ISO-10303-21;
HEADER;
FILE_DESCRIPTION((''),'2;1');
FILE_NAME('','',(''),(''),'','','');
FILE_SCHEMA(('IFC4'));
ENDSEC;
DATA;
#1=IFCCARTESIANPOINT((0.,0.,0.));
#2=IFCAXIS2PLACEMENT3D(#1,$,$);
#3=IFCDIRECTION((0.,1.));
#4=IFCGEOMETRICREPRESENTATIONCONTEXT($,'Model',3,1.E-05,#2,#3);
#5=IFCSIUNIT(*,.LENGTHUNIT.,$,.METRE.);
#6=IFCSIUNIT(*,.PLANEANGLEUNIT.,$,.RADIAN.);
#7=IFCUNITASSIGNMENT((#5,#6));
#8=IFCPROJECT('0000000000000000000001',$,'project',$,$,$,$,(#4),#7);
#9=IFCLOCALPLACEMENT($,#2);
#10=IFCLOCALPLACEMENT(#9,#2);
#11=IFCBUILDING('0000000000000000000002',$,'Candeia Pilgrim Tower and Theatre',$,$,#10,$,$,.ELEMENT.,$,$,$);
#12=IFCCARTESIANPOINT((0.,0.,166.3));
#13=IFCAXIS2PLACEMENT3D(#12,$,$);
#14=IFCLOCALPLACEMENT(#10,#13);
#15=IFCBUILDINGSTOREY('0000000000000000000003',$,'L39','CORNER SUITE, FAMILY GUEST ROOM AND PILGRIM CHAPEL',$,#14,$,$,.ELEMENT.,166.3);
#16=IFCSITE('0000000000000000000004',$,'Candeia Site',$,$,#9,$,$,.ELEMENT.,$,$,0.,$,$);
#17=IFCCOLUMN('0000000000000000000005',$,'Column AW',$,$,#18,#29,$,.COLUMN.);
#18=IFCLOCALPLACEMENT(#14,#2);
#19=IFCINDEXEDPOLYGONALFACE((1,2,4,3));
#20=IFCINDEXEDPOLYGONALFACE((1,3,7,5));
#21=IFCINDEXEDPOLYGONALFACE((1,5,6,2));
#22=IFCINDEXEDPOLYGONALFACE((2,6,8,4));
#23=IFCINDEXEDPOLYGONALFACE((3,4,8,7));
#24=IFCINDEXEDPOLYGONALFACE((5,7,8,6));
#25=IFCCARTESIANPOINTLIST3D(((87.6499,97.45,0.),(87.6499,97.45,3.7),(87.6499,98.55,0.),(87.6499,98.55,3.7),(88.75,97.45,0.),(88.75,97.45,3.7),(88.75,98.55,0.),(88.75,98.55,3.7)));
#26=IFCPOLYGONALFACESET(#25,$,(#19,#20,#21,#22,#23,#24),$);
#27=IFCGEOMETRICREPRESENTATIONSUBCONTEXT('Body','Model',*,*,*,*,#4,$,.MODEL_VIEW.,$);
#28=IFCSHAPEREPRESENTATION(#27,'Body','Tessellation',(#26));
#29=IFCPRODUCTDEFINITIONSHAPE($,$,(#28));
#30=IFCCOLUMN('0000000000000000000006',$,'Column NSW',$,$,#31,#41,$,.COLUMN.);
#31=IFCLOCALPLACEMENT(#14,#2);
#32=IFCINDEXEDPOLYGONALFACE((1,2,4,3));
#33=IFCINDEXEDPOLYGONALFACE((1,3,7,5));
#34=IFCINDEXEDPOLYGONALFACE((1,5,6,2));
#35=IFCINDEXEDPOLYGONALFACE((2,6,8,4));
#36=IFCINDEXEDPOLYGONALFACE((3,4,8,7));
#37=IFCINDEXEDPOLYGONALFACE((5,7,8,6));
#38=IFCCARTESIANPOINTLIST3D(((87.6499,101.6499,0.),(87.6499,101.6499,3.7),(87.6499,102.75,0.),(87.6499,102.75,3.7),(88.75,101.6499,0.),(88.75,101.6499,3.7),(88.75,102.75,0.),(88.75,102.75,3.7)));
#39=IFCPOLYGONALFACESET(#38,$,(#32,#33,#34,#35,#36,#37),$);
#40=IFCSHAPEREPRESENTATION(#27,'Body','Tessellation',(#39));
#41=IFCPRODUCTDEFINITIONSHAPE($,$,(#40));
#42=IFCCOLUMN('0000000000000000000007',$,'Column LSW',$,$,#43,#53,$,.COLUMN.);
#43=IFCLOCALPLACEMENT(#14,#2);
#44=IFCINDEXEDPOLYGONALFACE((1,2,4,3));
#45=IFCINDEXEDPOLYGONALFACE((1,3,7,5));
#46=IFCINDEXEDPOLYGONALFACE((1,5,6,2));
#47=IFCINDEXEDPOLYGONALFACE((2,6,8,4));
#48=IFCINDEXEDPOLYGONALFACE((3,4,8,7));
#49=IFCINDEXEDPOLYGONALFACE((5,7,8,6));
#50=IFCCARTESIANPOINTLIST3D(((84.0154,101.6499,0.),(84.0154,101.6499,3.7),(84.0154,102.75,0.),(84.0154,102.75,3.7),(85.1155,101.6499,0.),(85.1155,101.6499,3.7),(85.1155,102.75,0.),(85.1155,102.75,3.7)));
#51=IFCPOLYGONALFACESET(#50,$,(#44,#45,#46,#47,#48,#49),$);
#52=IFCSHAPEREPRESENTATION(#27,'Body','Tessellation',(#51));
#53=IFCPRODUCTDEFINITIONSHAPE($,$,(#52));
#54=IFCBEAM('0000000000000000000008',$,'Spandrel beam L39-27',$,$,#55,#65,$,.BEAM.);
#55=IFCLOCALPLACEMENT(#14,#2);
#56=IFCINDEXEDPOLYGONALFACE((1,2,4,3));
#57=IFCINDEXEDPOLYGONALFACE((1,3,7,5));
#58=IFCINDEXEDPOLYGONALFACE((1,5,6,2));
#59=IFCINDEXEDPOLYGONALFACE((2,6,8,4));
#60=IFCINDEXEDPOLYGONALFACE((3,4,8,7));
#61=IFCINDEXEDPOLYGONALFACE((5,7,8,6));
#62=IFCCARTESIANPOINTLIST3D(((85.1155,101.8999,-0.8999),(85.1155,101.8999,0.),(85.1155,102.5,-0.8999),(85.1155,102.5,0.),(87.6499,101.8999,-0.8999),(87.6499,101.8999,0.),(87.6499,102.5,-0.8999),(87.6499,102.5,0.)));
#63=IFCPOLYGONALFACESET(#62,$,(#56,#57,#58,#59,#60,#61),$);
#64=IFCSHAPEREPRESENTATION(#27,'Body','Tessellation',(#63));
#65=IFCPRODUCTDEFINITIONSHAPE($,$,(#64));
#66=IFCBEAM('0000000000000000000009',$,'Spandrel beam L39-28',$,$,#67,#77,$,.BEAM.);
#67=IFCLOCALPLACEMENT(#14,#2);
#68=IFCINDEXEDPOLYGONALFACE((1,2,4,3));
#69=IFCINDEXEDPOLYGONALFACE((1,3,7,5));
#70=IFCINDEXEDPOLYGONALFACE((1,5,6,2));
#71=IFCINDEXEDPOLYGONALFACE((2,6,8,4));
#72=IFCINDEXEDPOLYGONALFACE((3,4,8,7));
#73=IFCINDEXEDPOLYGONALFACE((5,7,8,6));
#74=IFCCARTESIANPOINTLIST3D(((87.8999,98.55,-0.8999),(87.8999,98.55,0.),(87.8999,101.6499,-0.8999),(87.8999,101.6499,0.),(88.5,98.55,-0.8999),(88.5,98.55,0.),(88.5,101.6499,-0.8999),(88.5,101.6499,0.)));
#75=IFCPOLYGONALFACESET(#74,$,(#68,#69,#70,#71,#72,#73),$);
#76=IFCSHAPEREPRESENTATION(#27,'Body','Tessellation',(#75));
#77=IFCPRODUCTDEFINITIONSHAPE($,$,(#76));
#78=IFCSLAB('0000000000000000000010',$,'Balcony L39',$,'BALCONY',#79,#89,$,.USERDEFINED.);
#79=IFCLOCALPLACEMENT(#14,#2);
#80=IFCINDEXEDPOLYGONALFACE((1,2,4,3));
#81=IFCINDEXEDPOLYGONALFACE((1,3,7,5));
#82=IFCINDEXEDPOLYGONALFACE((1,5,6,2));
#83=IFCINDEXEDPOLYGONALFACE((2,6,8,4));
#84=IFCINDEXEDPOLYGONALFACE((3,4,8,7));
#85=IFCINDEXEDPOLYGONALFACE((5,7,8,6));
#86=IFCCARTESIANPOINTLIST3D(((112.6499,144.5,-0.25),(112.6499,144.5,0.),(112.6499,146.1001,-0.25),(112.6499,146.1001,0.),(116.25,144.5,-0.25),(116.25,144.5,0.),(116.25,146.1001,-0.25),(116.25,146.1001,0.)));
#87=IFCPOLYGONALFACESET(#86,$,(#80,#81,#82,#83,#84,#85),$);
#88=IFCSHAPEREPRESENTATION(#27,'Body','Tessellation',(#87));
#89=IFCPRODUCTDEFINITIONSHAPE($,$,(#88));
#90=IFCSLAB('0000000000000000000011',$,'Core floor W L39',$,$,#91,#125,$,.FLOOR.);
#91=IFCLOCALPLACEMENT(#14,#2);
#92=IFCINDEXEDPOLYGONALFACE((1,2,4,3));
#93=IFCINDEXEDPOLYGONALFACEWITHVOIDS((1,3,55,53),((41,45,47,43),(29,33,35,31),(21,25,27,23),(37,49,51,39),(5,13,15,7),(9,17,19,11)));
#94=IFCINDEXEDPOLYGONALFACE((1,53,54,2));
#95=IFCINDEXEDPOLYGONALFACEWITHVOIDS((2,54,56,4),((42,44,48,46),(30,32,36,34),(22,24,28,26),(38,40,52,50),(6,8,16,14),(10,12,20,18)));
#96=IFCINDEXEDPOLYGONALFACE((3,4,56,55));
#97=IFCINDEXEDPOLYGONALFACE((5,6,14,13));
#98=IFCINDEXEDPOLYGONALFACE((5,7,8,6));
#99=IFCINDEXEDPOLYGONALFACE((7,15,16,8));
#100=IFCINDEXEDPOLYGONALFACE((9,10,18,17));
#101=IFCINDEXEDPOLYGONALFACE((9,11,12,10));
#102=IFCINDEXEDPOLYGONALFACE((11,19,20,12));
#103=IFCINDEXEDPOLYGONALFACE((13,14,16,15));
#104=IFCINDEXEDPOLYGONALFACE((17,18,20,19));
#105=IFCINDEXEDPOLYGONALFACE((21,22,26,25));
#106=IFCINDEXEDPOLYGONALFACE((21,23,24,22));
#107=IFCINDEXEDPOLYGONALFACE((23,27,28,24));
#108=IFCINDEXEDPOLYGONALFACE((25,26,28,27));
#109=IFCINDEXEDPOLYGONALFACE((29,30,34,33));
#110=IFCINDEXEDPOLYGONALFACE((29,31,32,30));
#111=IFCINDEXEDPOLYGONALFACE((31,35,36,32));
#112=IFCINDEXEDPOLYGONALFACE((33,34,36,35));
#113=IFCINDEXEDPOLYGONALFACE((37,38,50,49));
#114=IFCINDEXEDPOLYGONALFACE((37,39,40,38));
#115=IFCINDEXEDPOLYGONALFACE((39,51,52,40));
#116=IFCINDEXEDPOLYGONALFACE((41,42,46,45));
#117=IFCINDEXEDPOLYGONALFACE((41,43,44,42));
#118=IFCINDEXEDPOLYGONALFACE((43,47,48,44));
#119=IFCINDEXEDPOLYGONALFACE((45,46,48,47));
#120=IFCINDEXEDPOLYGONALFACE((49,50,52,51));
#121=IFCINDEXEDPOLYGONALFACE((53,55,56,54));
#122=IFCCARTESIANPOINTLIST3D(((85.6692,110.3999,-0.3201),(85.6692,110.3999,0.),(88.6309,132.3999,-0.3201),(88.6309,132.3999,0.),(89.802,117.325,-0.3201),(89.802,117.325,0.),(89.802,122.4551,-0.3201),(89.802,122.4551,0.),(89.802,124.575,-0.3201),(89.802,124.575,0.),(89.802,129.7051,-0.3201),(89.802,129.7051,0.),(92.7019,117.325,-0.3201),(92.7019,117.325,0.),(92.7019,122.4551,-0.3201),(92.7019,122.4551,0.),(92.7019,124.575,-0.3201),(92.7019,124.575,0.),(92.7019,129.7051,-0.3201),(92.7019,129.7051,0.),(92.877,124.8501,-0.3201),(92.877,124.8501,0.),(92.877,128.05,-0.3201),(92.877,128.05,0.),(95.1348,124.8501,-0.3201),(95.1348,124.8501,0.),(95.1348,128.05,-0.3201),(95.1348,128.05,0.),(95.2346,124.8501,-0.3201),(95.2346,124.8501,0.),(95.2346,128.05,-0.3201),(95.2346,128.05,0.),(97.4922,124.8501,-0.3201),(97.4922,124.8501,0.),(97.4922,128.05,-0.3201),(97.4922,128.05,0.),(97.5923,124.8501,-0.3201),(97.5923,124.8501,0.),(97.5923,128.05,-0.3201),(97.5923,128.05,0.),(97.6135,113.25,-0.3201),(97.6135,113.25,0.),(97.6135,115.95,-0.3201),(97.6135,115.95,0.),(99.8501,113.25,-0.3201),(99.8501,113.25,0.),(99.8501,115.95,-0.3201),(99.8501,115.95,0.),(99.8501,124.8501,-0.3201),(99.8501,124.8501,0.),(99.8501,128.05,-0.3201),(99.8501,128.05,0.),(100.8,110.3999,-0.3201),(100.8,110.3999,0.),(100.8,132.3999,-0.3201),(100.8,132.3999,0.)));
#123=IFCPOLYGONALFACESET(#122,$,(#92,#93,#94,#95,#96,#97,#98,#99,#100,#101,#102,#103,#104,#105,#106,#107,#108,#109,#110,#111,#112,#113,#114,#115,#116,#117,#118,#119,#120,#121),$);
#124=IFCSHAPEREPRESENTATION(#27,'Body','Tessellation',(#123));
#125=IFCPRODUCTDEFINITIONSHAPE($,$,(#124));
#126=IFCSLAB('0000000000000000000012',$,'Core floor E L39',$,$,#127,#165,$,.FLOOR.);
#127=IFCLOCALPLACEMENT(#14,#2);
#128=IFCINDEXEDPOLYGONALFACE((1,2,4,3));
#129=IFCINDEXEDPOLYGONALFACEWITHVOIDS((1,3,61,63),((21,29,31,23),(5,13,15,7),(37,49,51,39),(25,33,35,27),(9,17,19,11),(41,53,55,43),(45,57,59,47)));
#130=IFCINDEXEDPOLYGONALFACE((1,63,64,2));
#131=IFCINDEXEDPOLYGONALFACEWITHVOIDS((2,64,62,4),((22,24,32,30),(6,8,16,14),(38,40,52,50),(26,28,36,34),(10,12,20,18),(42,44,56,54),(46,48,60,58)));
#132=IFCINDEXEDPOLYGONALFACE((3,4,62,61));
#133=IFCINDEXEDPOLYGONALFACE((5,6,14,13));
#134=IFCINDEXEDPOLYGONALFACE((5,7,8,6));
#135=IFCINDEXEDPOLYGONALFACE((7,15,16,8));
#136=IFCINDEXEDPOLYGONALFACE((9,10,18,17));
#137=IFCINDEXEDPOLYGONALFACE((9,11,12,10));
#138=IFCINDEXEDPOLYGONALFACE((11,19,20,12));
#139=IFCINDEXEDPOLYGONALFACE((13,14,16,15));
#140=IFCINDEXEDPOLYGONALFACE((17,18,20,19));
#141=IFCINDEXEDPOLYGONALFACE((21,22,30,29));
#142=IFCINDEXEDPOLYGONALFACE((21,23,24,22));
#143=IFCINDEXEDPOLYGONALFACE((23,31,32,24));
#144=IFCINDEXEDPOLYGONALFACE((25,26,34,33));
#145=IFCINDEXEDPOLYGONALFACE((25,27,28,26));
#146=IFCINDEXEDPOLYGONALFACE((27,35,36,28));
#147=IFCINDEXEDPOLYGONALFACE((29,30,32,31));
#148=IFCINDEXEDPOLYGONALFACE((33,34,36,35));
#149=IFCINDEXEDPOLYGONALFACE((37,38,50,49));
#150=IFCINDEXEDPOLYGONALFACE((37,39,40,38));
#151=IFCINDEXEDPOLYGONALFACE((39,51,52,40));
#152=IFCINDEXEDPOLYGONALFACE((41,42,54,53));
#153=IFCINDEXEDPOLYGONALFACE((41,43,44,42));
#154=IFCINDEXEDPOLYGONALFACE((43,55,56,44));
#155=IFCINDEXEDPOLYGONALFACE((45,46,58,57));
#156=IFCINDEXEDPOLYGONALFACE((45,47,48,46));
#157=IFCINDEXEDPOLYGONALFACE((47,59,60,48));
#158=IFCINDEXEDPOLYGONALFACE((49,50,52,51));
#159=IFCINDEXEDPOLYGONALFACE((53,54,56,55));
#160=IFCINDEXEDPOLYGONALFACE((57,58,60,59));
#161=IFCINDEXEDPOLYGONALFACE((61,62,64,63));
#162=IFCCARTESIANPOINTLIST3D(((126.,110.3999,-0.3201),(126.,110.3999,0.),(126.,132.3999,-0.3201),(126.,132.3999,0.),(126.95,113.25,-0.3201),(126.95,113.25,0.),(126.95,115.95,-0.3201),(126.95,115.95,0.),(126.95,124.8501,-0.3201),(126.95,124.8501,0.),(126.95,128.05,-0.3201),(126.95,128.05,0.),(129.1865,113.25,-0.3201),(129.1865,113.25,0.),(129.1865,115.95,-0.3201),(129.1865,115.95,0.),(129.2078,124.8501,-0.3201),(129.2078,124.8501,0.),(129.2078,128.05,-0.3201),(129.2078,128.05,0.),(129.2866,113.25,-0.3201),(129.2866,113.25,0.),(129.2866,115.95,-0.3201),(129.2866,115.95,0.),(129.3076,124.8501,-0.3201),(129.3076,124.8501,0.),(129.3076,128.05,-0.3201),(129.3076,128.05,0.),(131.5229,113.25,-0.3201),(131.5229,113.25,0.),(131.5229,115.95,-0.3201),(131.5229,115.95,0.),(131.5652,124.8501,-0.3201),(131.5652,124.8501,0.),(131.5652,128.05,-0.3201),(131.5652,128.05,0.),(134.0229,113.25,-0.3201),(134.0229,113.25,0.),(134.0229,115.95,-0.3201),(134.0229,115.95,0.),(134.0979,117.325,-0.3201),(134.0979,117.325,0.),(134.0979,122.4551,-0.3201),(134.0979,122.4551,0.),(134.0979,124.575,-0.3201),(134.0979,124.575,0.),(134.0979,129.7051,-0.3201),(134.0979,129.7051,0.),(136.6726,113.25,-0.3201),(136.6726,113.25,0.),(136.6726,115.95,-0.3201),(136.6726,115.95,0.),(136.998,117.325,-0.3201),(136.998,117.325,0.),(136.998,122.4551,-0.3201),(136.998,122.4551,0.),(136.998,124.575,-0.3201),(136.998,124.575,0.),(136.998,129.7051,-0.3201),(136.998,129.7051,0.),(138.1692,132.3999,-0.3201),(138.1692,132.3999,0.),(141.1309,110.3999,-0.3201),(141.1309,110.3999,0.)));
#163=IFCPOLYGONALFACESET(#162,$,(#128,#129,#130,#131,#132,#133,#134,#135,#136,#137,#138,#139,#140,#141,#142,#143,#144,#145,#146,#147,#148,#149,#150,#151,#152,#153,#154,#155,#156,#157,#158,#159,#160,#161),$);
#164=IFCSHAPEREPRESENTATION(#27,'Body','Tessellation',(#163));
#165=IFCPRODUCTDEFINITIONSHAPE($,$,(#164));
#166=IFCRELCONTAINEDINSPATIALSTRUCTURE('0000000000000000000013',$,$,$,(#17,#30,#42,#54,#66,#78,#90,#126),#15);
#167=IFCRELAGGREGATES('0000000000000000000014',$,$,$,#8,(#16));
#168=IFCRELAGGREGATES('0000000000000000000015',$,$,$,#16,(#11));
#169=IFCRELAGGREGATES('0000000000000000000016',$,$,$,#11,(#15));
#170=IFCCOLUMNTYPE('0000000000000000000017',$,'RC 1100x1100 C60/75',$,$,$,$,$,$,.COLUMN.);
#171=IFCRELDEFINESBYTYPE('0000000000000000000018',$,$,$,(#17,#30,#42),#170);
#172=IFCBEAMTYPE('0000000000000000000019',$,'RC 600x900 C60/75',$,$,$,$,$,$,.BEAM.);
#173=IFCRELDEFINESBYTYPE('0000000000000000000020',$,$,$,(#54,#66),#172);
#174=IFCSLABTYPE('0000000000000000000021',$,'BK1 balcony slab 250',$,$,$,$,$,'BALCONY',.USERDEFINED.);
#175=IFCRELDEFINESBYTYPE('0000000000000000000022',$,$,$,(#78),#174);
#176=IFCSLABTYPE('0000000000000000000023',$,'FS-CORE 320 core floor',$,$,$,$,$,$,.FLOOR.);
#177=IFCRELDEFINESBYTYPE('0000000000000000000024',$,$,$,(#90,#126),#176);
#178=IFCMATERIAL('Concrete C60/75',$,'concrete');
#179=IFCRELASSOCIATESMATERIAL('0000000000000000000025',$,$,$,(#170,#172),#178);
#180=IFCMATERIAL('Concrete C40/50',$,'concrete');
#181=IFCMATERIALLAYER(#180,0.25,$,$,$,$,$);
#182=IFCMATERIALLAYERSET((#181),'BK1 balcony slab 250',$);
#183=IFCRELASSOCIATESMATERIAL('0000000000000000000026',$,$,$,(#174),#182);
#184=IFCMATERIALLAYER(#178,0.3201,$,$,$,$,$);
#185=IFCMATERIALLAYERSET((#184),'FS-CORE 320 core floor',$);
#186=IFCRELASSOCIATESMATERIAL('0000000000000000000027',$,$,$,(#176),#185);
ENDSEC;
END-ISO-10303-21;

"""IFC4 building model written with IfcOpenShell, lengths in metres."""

from ifc_helpers import new_model, si_unit, direction, frame, origin, origin_2d, place, context, subcontext, project, spatial, polyline, rectangle, outline, extrude, material, layer, layer_set, material_profile, profile_set, type_object, element, save


model = new_model("IFC4")

# Units and contexts
model_context = context("Model", 3, precision=1e-05, world=origin(), true_north=direction((0.0, 1.0)))
body_context = subcontext(model_context, "Body", "Model", "MODEL_VIEW")
ifc_project = project(units=[si_unit("LENGTHUNIT", "METRE"), si_unit("PLANEANGLEUNIT", "RADIAN")], contexts=[model_context])

# Site, building, storey
site_placement = place(None, origin())
site = spatial("IfcSite", under=ifc_project, at=site_placement, Name="Candeia Site", CompositionType="ELEMENT", RefElevation=0.0)
building_placement = place(site_placement, origin())
building = spatial("IfcBuilding", under=site, at=building_placement, Name="Candeia Pilgrim Tower and Theatre", CompositionType="ELEMENT")
storey_placement = place(building_placement, frame((0.0, 0.0, 166.3)))
storey = spatial("IfcBuildingStorey", under=building, at=storey_placement, Name="L39", Description="CORNER SUITE, FAMILY GUEST ROOM AND PILGRIM CHAPEL", CompositionType="ELEMENT", Elevation=166.3)

# Columns
ifc_material_1 = material(Name="Concrete C60/75", Category="concrete")
ifc_material_profile_1 = material_profile(ifc_material_1, rectangle(XDim=1.1001, YDim=1.1001, at=origin_2d()))
ifc_profile_set_1 = profile_set([ifc_material_profile_1], Name="Concrete C60/75")
column_type = type_object("IfcColumnType", Name="RC 1100x1100 C60/75", PredefinedType="COLUMN", material=ifc_profile_set_1)
for number, where, z_axis, x_axis, name in (
    (1, (88.2, 98.0, 0.0), (0.0, 0.0, 1.0), (1.0, 0.0, 0.0), "Column AW"),
    (2, (88.2, 102.2, 0.0), (0.0, 0.0, 1.0), (1.0, 0.0, 0.0), "Column NSW"),
    (3, (84.5654, 102.2, 0.0), (0.0, 0.0, 1.0), (1.0, 0.0, 0.0), "Column LSW"),
):
    element("IfcColumn", number, at=place(storey_placement, frame(where, z_axis=z_axis, x_axis=x_axis)), inside=storey, type_object=column_type, Name=name, PredefinedType="COLUMN", context=body_context, shape_type="SweptSolid", body=[
        extrude(rectangle(XDim=1.1001, YDim=1.1001, at=origin_2d()), origin(), (0.0, 0.0, 1.0), 3.7),
    ])

# Beams
ifc_material_profile_2 = material_profile(ifc_material_1, rectangle(XDim=0.6001, YDim=0.8999, at=origin_2d()))
ifc_profile_set_2 = profile_set([ifc_material_profile_2], Name="Concrete C60/75")
beam_type = type_object("IfcBeamType", Name="RC 600x900 C60/75", PredefinedType="BEAM", material=ifc_profile_set_2)
beam_1_placement = place(storey_placement, frame((85.1155, 102.2, -0.45), z_axis=(1.0, 0.0, 0.0), x_axis=(0.0, 1.0, 0.0)))
element("IfcBeam", 4, at=beam_1_placement, inside=storey, type_object=beam_type, Name="Spandrel beam L39-27", PredefinedType="BEAM", context=body_context, shape_type="SweptSolid", body=[
    extrude(rectangle(XDim=0.6001, YDim=0.8999, at=origin_2d()), origin(), (0.0, 0.0, 1.0), 2.5344),
])
beam_2_placement = place(storey_placement, frame((88.2, 101.6499, -0.45), z_axis=(0.0, -1.0, 0.0), x_axis=(1.0, 0.0, 0.0)))
element("IfcBeam", 5, at=beam_2_placement, inside=storey, type_object=beam_type, Name="Spandrel beam L39-28", PredefinedType="BEAM", context=body_context, shape_type="SweptSolid", body=[
    extrude(rectangle(XDim=0.6001, YDim=0.8999, at=origin_2d()), origin(), (0.0, 0.0, 1.0), 3.0999),
])

# Slabs
ifc_material_2 = material(Name="Concrete C40/50", Category="concrete")
ifc_layer_1 = layer(ifc_material_2, 0.25)
ifc_layer_set_1 = layer_set([ifc_layer_1], Name="BK1 balcony slab 250")
slab_type_1 = type_object("IfcSlabType", Name="BK1 balcony slab 250", ElementType="BALCONY", PredefinedType="USERDEFINED", material=ifc_layer_set_1)
slab_1_placement = place(storey_placement, frame((0.0, 0.0, -0.25)))
element("IfcSlab", 6, at=slab_1_placement, inside=storey, type_object=slab_type_1, Name="Balcony L39", ObjectType="BALCONY", PredefinedType="USERDEFINED", context=body_context, shape_type="SweptSolid", body=[
    extrude(outline(polyline([(112.6499, 144.5), (116.25, 144.5), (116.25, 146.1001), (112.6499, 146.1001), (112.6499, 144.5)])), origin(), (0.0, 0.0, 1.0), 0.25),
])
ifc_layer_2 = layer(ifc_material_1, 0.3201)
ifc_layer_set_2 = layer_set([ifc_layer_2], Name="FS-CORE 320 core floor")
slab_type_2 = type_object("IfcSlabType", Name="FS-CORE 320 core floor", PredefinedType="FLOOR", material=ifc_layer_set_2)
slab_2_placement = place(storey_placement, frame((0.0, 0.0, -0.3201)))
element("IfcSlab", 7, at=slab_2_placement, inside=storey, type_object=slab_type_2, Name="Core floor W L39", PredefinedType="FLOOR", context=body_context, shape_type="SweptSolid", body=[
    extrude(outline(polyline([(100.8, 132.3999), (100.8, 110.3999), (85.6692, 110.3999), (88.6309, 132.3999), (100.8, 132.3999)]), holes=[polyline([(97.5923, 128.05), (97.5923, 124.8501), (99.8501, 124.8501), (99.8501, 128.05), (97.5923, 128.05)]), polyline([(97.6135, 113.25), (99.8501, 113.25), (99.8501, 115.95), (97.6135, 115.95), (97.6135, 113.25)]), polyline([(95.2346, 124.8501), (97.4922, 124.8501), (97.4922, 128.05), (95.2346, 128.05), (95.2346, 124.8501)]), polyline([(92.877, 128.05), (92.877, 124.8501), (95.1348, 124.8501), (95.1348, 128.05), (92.877, 128.05)]), polyline([(89.802, 122.4551), (89.802, 117.325), (92.7019, 117.325), (92.7019, 122.4551), (89.802, 122.4551)]), polyline([(89.802, 129.7051), (89.802, 124.575), (92.7019, 124.575), (92.7019, 129.7051), (89.802, 129.7051)])]), origin(), (0.0, 0.0, 1.0), 0.3201),
])
slab_3_placement = place(storey_placement, frame((0.0, 0.0, -0.3201)))
element("IfcSlab", 8, at=slab_3_placement, inside=storey, type_object=slab_type_2, Name="Core floor E L39", PredefinedType="FLOOR", context=body_context, shape_type="SweptSolid", body=[
    extrude(outline(polyline([(138.1692, 132.3999), (141.1309, 110.3999), (126.0, 110.3999), (126.0, 132.3999), (138.1692, 132.3999)]), holes=[polyline([(134.0979, 122.4551), (134.0979, 117.325), (136.998, 117.325), (136.998, 122.4551), (134.0979, 122.4551)]), polyline([(134.0979, 129.7051), (134.0979, 124.575), (136.998, 124.575), (136.998, 129.7051), (134.0979, 129.7051)]), polyline([(136.6726, 115.95), (134.0229, 115.95), (134.0229, 113.25), (136.6726, 113.25), (136.6726, 115.95)]), polyline([(131.5652, 128.05), (129.3076, 128.05), (129.3076, 124.8501), (131.5652, 124.8501), (131.5652, 128.05)]), polyline([(131.5229, 115.95), (129.2866, 115.95), (129.2866, 113.25), (131.5229, 113.25), (131.5229, 115.95)]), polyline([(129.2078, 128.05), (126.95, 128.05), (126.95, 124.8501), (129.2078, 124.8501), (129.2078, 128.05)]), polyline([(126.95, 115.95), (126.95, 113.25), (129.1865, 113.25), (129.1865, 115.95), (126.95, 115.95)])]), origin(), (0.0, 0.0, 1.0), 0.3201),
])

save(model, "model.ifc")
